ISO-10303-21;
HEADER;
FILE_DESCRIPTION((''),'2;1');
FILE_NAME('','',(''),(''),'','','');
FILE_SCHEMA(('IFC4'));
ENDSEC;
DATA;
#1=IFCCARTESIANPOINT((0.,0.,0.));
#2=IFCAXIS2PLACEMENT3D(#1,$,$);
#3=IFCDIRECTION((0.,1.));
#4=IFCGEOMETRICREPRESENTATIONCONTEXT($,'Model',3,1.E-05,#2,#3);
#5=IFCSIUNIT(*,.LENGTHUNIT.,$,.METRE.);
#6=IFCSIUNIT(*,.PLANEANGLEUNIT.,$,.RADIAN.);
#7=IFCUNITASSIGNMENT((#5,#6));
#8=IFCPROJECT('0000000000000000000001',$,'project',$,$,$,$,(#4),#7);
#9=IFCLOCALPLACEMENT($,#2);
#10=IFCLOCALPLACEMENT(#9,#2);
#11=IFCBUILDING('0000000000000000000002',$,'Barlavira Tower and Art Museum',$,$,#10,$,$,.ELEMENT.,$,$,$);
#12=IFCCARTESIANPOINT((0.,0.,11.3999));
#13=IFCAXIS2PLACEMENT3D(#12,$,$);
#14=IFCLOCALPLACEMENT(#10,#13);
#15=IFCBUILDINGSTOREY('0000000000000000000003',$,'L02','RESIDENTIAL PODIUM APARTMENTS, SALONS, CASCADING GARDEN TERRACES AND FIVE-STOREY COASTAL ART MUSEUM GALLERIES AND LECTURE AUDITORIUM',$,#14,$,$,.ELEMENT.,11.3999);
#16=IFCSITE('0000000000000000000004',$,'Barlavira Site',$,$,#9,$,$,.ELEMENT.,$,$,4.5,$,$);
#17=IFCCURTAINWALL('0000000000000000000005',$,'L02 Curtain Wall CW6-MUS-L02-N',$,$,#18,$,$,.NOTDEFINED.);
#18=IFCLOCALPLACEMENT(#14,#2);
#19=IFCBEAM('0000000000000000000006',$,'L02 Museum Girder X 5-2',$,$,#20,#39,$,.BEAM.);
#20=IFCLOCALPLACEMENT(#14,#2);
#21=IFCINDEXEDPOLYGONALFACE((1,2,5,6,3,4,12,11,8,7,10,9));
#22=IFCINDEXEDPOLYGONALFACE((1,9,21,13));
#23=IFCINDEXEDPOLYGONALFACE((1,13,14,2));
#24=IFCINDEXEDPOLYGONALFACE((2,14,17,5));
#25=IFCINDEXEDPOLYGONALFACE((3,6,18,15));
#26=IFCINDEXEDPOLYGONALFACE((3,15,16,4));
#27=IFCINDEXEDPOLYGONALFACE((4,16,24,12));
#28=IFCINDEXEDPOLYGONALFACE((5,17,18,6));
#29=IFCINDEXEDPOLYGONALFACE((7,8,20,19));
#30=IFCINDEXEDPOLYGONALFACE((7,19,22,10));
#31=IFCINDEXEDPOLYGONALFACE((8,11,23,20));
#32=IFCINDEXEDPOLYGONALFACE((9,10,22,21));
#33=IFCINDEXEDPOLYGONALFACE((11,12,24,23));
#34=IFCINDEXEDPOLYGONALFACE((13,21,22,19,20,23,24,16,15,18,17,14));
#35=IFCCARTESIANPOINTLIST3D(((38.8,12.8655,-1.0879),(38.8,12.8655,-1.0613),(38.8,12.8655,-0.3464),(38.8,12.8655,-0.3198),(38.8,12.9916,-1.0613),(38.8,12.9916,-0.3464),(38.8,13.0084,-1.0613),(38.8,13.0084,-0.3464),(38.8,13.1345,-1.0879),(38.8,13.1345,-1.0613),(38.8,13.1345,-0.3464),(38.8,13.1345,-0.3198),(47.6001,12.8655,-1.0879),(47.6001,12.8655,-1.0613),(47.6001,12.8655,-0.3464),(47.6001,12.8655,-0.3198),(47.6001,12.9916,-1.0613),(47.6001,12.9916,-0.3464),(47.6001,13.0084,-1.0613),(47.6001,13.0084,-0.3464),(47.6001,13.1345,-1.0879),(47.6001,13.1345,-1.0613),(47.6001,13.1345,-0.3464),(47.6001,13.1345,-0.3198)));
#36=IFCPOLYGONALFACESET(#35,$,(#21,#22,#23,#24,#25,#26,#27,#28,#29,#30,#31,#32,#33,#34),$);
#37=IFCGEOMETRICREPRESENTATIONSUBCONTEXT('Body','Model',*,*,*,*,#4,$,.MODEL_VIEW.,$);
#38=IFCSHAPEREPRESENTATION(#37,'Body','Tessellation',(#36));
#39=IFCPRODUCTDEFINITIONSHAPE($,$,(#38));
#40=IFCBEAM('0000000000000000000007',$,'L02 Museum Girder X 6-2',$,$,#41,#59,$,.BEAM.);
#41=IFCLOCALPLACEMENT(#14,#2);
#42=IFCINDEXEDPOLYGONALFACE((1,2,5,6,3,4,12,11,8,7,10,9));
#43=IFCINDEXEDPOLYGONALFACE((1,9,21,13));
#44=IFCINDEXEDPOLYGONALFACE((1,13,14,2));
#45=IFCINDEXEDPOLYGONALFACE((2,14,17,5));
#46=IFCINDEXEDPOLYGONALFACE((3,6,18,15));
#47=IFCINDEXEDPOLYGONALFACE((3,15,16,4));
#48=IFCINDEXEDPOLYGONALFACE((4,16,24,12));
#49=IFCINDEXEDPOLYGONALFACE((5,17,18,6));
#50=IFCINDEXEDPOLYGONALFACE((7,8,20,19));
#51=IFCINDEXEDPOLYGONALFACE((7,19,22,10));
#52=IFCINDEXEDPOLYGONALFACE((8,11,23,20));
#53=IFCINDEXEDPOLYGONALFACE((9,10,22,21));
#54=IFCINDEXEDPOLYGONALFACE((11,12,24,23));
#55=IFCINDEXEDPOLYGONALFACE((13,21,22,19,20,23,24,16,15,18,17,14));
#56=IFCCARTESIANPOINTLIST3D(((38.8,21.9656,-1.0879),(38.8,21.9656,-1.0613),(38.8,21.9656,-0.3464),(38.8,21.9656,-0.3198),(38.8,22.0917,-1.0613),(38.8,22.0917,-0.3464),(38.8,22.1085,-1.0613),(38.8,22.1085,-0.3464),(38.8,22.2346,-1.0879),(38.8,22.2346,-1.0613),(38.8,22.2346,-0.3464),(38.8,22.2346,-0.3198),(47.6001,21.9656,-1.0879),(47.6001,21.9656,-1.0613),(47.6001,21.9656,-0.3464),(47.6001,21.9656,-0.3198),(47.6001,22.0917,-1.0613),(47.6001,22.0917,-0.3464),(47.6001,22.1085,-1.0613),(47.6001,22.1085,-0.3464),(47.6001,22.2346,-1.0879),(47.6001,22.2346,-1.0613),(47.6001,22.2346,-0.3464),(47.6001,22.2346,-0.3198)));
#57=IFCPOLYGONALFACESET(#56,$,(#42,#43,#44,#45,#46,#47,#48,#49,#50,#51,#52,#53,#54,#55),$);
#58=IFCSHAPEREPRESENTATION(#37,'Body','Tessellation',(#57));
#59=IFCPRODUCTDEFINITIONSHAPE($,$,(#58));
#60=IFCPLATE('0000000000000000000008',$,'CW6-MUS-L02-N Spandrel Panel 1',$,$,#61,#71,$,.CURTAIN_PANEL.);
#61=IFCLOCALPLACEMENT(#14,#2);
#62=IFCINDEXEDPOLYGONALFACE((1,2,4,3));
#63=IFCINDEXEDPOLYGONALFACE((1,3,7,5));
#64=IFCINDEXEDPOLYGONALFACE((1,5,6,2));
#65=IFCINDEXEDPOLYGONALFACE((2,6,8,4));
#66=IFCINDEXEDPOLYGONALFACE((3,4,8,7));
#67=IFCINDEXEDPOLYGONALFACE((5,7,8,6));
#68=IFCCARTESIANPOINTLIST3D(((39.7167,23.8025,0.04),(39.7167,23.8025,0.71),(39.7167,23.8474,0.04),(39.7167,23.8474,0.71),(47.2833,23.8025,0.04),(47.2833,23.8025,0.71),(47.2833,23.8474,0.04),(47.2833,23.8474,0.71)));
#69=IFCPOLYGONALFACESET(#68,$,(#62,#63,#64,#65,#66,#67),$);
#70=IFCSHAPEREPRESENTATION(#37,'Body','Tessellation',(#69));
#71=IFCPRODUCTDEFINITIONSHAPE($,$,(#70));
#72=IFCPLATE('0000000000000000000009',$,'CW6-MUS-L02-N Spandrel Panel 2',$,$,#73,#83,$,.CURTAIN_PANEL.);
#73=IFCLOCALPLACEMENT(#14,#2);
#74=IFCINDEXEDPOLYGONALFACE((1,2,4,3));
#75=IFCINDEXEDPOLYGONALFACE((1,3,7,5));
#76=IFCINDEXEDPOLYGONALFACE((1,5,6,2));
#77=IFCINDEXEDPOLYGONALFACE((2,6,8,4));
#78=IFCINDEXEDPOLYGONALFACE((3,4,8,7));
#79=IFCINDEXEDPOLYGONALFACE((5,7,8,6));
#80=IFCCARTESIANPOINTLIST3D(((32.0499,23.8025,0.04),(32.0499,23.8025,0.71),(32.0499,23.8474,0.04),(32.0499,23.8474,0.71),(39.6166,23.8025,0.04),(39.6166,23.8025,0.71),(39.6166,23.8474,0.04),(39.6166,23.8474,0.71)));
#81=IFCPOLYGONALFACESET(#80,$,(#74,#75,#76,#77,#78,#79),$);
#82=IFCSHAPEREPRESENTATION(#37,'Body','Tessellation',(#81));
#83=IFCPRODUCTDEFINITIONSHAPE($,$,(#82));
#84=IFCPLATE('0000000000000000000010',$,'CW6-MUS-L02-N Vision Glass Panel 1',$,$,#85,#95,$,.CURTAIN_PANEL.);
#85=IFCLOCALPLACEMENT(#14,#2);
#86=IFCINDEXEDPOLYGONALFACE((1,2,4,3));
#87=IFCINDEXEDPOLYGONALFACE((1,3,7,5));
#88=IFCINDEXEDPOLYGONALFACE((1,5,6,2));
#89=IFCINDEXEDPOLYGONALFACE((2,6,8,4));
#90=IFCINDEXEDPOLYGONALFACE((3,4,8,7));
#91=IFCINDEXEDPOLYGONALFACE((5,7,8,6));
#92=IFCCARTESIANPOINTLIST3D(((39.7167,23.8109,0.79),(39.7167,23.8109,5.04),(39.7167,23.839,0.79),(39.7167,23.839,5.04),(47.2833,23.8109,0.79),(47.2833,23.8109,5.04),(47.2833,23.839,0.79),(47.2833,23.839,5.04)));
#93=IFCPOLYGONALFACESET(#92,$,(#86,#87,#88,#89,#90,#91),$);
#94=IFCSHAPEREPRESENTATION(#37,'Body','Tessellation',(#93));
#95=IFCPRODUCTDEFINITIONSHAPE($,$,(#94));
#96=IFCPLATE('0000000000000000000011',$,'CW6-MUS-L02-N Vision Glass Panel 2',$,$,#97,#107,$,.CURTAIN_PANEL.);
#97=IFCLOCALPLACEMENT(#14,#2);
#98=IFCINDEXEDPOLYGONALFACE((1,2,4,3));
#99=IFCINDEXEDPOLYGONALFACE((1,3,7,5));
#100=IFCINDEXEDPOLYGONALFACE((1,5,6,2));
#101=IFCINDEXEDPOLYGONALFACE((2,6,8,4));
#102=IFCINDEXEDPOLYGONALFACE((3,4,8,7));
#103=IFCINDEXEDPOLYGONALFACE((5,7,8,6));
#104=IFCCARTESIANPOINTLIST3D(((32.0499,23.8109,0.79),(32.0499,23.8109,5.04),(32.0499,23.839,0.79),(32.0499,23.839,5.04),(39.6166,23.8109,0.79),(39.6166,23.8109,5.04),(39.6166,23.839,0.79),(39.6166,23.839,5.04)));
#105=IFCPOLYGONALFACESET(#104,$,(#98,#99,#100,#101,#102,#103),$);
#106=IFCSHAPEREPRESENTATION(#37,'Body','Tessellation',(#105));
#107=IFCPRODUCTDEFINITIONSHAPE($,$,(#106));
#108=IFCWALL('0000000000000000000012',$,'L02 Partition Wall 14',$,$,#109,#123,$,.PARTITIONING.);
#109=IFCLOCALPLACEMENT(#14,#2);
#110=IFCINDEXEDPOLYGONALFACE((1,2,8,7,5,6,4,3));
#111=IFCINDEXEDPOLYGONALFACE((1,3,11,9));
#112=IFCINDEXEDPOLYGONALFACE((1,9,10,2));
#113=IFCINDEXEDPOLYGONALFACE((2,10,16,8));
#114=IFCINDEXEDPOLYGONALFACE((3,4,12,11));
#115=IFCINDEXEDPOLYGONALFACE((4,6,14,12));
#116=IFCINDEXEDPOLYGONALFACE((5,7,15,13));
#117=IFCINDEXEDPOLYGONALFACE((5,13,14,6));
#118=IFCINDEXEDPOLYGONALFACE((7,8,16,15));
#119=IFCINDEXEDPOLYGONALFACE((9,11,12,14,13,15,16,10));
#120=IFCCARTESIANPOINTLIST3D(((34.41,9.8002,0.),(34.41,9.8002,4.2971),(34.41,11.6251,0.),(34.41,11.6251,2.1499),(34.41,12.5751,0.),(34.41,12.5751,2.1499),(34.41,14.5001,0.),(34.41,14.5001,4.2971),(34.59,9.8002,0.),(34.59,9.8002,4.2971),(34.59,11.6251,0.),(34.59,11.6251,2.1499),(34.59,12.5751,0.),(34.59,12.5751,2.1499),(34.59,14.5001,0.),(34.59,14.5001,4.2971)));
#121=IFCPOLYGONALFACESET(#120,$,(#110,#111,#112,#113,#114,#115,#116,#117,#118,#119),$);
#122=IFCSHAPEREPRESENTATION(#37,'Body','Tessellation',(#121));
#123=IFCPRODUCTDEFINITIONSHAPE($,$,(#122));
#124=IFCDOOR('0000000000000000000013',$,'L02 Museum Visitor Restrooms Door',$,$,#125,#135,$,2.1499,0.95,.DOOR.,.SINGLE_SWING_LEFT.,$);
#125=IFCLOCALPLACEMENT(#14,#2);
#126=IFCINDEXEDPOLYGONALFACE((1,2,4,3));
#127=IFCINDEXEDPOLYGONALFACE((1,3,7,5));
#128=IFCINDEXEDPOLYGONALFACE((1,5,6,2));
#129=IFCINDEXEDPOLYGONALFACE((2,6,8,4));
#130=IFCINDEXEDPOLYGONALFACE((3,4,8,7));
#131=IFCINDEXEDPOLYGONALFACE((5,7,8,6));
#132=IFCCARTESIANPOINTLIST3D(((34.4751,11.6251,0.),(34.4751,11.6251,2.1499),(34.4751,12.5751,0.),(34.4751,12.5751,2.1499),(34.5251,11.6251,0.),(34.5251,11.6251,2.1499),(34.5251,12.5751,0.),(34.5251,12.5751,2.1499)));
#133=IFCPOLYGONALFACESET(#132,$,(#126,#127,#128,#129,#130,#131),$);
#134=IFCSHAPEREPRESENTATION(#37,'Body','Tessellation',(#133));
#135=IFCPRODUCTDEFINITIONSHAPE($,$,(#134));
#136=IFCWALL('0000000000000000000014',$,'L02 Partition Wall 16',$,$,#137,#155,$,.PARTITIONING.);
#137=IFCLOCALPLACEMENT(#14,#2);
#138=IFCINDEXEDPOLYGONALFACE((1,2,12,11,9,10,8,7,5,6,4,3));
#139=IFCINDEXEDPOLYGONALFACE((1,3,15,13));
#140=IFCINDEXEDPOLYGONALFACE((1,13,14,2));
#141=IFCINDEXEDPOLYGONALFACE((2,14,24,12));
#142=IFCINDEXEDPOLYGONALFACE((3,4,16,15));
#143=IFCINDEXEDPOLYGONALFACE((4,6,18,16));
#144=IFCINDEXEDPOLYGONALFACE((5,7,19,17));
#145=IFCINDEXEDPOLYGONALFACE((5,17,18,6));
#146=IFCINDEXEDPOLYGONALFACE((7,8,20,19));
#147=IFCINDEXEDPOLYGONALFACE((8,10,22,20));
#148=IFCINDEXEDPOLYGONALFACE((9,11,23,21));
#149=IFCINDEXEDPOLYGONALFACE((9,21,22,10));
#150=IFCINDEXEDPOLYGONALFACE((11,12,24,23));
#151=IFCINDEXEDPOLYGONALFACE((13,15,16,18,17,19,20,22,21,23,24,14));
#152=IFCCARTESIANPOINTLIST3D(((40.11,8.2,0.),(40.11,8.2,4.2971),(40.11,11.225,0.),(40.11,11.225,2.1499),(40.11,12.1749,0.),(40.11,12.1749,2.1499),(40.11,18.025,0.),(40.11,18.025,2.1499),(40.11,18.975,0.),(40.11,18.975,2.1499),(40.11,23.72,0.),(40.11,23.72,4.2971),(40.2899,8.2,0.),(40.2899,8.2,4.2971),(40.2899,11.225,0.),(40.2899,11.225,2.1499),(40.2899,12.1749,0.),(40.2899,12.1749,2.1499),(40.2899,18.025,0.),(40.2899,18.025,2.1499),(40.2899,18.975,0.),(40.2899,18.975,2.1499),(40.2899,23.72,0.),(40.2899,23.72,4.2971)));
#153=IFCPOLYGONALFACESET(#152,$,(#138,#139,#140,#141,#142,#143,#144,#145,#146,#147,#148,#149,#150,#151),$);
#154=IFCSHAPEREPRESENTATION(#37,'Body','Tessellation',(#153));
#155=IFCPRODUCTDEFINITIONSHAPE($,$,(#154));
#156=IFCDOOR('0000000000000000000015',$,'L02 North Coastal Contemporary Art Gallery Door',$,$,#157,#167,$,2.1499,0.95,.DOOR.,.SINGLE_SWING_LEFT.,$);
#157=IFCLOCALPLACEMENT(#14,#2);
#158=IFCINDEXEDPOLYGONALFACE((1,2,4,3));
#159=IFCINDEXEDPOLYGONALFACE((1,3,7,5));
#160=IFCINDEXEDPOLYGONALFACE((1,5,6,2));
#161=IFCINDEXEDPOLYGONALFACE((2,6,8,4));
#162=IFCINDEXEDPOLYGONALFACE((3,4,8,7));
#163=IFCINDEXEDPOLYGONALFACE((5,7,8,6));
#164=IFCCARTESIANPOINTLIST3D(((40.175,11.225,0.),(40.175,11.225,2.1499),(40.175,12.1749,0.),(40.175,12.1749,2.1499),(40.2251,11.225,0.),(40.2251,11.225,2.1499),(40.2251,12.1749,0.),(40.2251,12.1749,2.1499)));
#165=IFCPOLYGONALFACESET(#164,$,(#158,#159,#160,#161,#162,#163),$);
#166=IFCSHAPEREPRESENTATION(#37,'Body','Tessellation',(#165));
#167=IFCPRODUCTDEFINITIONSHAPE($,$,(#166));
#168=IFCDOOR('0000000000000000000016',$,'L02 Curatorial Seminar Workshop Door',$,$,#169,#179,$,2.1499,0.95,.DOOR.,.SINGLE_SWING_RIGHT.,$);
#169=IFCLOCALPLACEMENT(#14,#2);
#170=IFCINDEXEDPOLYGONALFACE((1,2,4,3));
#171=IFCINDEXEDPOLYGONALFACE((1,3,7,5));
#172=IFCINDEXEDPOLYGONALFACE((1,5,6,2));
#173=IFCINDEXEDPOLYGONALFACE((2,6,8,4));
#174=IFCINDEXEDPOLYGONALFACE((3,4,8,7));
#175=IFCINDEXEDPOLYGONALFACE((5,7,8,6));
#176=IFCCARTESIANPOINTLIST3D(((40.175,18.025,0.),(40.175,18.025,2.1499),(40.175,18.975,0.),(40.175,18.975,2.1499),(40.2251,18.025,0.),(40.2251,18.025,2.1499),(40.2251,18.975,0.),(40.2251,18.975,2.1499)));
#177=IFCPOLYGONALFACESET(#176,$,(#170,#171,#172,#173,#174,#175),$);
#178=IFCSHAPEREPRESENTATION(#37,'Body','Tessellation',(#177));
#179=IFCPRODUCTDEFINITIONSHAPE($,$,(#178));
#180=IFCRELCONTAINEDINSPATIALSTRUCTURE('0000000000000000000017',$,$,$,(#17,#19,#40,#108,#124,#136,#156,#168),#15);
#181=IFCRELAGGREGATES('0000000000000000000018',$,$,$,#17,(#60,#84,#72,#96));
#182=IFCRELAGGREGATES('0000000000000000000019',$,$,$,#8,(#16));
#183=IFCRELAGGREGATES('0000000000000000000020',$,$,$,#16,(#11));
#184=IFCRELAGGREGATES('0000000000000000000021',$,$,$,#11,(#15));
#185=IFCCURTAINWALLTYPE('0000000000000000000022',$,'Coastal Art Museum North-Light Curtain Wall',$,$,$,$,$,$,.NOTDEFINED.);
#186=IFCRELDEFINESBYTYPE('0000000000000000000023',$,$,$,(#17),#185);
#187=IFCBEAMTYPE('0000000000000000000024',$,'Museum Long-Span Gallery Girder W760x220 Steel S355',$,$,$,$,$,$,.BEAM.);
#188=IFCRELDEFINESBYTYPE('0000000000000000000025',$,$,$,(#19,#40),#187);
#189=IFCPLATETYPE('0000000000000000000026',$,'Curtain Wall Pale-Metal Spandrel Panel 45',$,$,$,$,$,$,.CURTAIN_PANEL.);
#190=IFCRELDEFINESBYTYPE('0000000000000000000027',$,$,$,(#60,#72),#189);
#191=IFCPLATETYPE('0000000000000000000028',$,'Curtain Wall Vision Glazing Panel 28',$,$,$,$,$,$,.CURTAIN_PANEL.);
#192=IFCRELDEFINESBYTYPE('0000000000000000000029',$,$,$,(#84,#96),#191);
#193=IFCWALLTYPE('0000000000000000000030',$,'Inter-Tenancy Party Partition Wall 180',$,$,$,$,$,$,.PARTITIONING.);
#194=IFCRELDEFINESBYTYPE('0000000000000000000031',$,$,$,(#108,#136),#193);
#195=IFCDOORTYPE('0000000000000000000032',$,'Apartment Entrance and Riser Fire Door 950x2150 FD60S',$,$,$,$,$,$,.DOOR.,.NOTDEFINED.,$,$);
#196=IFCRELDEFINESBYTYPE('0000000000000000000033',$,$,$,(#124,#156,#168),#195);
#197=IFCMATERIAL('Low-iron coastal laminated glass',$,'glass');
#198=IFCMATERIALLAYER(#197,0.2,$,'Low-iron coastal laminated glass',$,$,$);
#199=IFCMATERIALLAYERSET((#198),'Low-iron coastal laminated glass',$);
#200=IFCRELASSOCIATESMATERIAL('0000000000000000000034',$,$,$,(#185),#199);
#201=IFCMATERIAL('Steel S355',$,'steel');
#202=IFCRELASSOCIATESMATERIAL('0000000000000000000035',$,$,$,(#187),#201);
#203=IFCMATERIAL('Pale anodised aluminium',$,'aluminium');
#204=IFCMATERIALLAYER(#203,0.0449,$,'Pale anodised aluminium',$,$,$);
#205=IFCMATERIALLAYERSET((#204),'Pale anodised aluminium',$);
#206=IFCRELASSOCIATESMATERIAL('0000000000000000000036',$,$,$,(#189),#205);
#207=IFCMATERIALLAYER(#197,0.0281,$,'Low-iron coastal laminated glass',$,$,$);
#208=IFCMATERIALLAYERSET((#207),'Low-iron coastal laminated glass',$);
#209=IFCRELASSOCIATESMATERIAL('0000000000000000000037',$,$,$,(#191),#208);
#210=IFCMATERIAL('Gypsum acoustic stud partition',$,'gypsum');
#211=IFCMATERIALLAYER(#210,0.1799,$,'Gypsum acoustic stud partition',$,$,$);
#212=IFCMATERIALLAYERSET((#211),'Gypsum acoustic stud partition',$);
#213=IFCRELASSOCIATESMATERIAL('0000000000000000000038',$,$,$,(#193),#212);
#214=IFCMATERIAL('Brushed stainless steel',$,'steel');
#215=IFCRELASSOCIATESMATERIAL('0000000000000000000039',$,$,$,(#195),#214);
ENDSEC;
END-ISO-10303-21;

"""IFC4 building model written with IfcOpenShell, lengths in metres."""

from ifc_helpers import new_model, si_unit, direction, frame, frame_2d, origin, origin_2d, place, context, subcontext, project, spatial, rectangle, i_section, extrude, material, layer, layer_set, material_profile, profile_set, type_object, element, fill, aggregate, save


model = new_model("IFC4")

# Units and contexts
model_context = context("Model", 3, precision=1e-05, world=origin(), true_north=direction((0.0, 1.0)))
body_context = subcontext(model_context, "Body", "Model", "MODEL_VIEW")
ifc_project = project(units=[si_unit("LENGTHUNIT", "METRE"), si_unit("PLANEANGLEUNIT", "RADIAN")], contexts=[model_context])

# Site, building, storey
site_placement = place(None, origin())
site = spatial("IfcSite", under=ifc_project, at=site_placement, Name="Barlavira Site", CompositionType="ELEMENT", RefElevation=4.5)
building_placement = place(site_placement, origin())
building = spatial("IfcBuilding", under=site, at=building_placement, Name="Barlavira Tower and Art Museum", CompositionType="ELEMENT")
storey_placement = place(building_placement, frame((0.0, 0.0, 11.3999)))
storey = spatial("IfcBuildingStorey", under=building, at=storey_placement, Name="L02", Description="RESIDENTIAL PODIUM APARTMENTS, SALONS, CASCADING GARDEN TERRACES AND FIVE-STOREY COASTAL ART MUSEUM GALLERIES AND LECTURE AUDITORIUM", CompositionType="ELEMENT", Elevation=11.3999)

# Curtain wall
ifc_material_1 = material(Name="Low-iron coastal laminated glass", Category="glass")
ifc_layer_1 = layer(ifc_material_1, 0.2, Name="Low-iron coastal laminated glass")
ifc_layer_set_1 = layer_set([ifc_layer_1], Name="Low-iron coastal laminated glass")
curtain_wall_type = type_object("IfcCurtainWallType", Name="Coastal Art Museum North-Light Curtain Wall", PredefinedType="NOTDEFINED", material=ifc_layer_set_1)
curtain_wall_placement = place(storey_placement, origin())
curtain_wall = element("IfcCurtainWall", 1, at=curtain_wall_placement, inside=storey, type_object=curtain_wall_type, Name="L02 Curtain Wall CW6-MUS-L02-N", PredefinedType="NOTDEFINED")
ifc_material_2 = material(Name="Pale anodised aluminium", Category="aluminium")

# Beams
ifc_material_3 = material(Name="Steel S355", Category="steel")
ifc_material_profile_1 = material_profile(ifc_material_3, i_section(OverallWidth=0.269, OverallDepth=0.7681, WebThickness=0.0168, FlangeThickness=0.0266, at=origin_2d()), Name="W760x220.0")
ifc_profile_set_1 = profile_set([ifc_material_profile_1], Name="Steel S355")
beam_type = type_object("IfcBeamType", Name="Museum Long-Span Gallery Girder W760x220 Steel S355", PredefinedType="BEAM", material=ifc_profile_set_1)
for number, where, z_axis, x_axis, name in (
    (2, (38.8, 13.0, -0.7039), (1.0, 0.0, 0.0), (0.0, 1.0, 0.0), "L02 Museum Girder X 5-2"),
    (3, (38.8, 22.1001, -0.7039), (1.0, 0.0, 0.0), (0.0, 1.0, 0.0), "L02 Museum Girder X 6-2"),
):
    element("IfcBeam", number, at=place(storey_placement, frame(where, z_axis=z_axis, x_axis=x_axis)), inside=storey, type_object=beam_type, Name=name, PredefinedType="BEAM", context=body_context, shape_type="SweptSolid", body=[
        extrude(i_section(OverallWidth=0.269, OverallDepth=0.7681, WebThickness=0.0168, FlangeThickness=0.0266, at=origin_2d()), origin(), (0.0, 0.0, 1.0), 8.8),
    ])

# Plates
ifc_layer_2 = layer(ifc_material_2, 0.0449, Name="Pale anodised aluminium")
ifc_layer_set_2 = layer_set([ifc_layer_2], Name="Pale anodised aluminium")
plate_type_1 = type_object("IfcPlateType", Name="Curtain Wall Pale-Metal Spandrel Panel 45", PredefinedType="CURTAIN_PANEL", material=ifc_layer_set_2)
plate_1_placement = place(storey_placement, frame((43.5, 23.825, 0.04), z_axis=(0.0, 0.0, 1.0), x_axis=(-1.0, 0.0, 0.0)))
plate_1 = element("IfcPlate", 4, at=plate_1_placement, type_object=plate_type_1, Name="CW6-MUS-L02-N Spandrel Panel 1", PredefinedType="CURTAIN_PANEL", context=body_context, shape_type="SweptSolid", body=[
    extrude(rectangle(XDim=7.5667, YDim=0.0449, at=origin_2d()), origin(), (0.0, 0.0, 1.0), 0.6699),
])
plate_2_placement = place(storey_placement, frame((35.8333, 23.825, 0.04), z_axis=(0.0, 0.0, 1.0), x_axis=(-1.0, 0.0, 0.0)))
plate_2 = element("IfcPlate", 5, at=plate_2_placement, type_object=plate_type_1, Name="CW6-MUS-L02-N Spandrel Panel 2", PredefinedType="CURTAIN_PANEL", context=body_context, shape_type="SweptSolid", body=[
    extrude(rectangle(XDim=7.5667, YDim=0.0449, at=origin_2d()), origin(), (0.0, 0.0, 1.0), 0.6699),
])
ifc_layer_3 = layer(ifc_material_1, 0.0281, Name="Low-iron coastal laminated glass")
ifc_layer_set_3 = layer_set([ifc_layer_3], Name="Low-iron coastal laminated glass")
plate_type_2 = type_object("IfcPlateType", Name="Curtain Wall Vision Glazing Panel 28", PredefinedType="CURTAIN_PANEL", material=ifc_layer_set_3)
plate_3_placement = place(storey_placement, frame((43.5, 23.825, 0.79), z_axis=(0.0, 0.0, 1.0), x_axis=(-1.0, 0.0, 0.0)))
plate_3 = element("IfcPlate", 6, at=plate_3_placement, type_object=plate_type_2, Name="CW6-MUS-L02-N Vision Glass Panel 1", PredefinedType="CURTAIN_PANEL", context=body_context, shape_type="SweptSolid", body=[
    extrude(rectangle(XDim=7.5667, YDim=0.0281, at=origin_2d()), origin(), (0.0, 0.0, 1.0), 4.25),
])
plate_4_placement = place(storey_placement, frame((35.8333, 23.825, 0.79), z_axis=(0.0, 0.0, 1.0), x_axis=(-1.0, 0.0, 0.0)))
plate_4 = element("IfcPlate", 7, at=plate_4_placement, type_object=plate_type_2, Name="CW6-MUS-L02-N Vision Glass Panel 2", PredefinedType="CURTAIN_PANEL", context=body_context, shape_type="SweptSolid", body=[
    extrude(rectangle(XDim=7.5667, YDim=0.0281, at=origin_2d()), origin(), (0.0, 0.0, 1.0), 4.25),
])
aggregate(curtain_wall, [plate_1, plate_3, plate_2, plate_4])

# Wall, opening, door
ifc_material_4 = material(Name="Gypsum acoustic stud partition", Category="gypsum")
ifc_layer_4 = layer(ifc_material_4, 0.1799, Name="Gypsum acoustic stud partition")
ifc_layer_set_4 = layer_set([ifc_layer_4], Name="Gypsum acoustic stud partition")
wall_type_1 = type_object("IfcWallType", Name="Inter-Tenancy Party Partition Wall 180", PredefinedType="PARTITIONING", material=ifc_layer_set_4)
wall_1_placement = place(storey_placement, frame((34.5, 9.8, 0.0), z_axis=(0.0, 0.0, 1.0), x_axis=(0.0, 1.0, 0.0)))
wall_1 = element("IfcWall", 8, at=wall_1_placement, inside=storey, type_object=wall_type_1, Name="L02 Partition Wall 14", PredefinedType="PARTITIONING", context=body_context, shape_type="SweptSolid", body=[
    extrude(rectangle(XDim=4.7, YDim=0.1799, at=frame_2d((2.3501, 0.0))), origin(), (0.0, 0.0, 1.0), 4.2971),
])
opening_1_placement = place(wall_1_placement, frame((1.825, 0.0, 0.0)))
opening_1 = element("IfcOpeningElement", 9, at=opening_1_placement, cuts=wall_1, PredefinedType="OPENING", context=body_context, shape_type="SweptSolid", body=[
    extrude(rectangle(XDim=0.95, YDim=2.1499, at=frame_2d((0.4751, 1.075))), frame((0.0, 0.1001, 0.0), z_axis=(0.0, -1.0, 0.0), x_axis=(1.0, 0.0, 0.0)), (0.0, 0.0, 1.0), 0.2),
])
ifc_material_5 = material(Name="Brushed stainless steel", Category="steel")
door_type_1 = type_object("IfcDoorType", Name="Apartment Entrance and Riser Fire Door 950x2150 FD60S", OperationType="NOTDEFINED", PredefinedType="DOOR", material=ifc_material_5)
door_1_placement = place(opening_1_placement, origin())
door_1 = element("IfcDoor", 10, at=door_1_placement, inside=storey, type_object=door_type_1, Name="L02 Museum Visitor Restrooms Door", OperationType="SINGLE_SWING_LEFT", OverallHeight=2.1499, OverallWidth=0.95, PredefinedType="DOOR", context=body_context, shape_type="SweptSolid", body=[
    extrude(rectangle(XDim=0.95, YDim=2.1499, at=frame_2d((0.4751, 1.075))), frame((0.0, 0.0249, 0.0), z_axis=(0.0, -1.0, 0.0), x_axis=(1.0, 0.0, 0.0)), (0.0, 0.0, 1.0), 0.05),
])
fill(opening_1, door_1)

# Wall, openings, doors
wall_2_placement = place(storey_placement, frame((40.2, 8.2, 0.0), z_axis=(0.0, 0.0, 1.0), x_axis=(0.0, 1.0, 0.0)))
wall_2 = element("IfcWall", 11, at=wall_2_placement, inside=storey, type_object=wall_type_1, Name="L02 Partition Wall 16", PredefinedType="PARTITIONING", context=body_context, shape_type="SweptSolid", body=[
    extrude(rectangle(XDim=15.52, YDim=0.1799, at=frame_2d((7.76, 0.0))), origin(), (0.0, 0.0, 1.0), 4.2971),
])
opening_2_placement = place(wall_2_placement, frame((3.0249, 0.0, 0.0)))
opening_2 = element("IfcOpeningElement", 12, at=opening_2_placement, cuts=wall_2, PredefinedType="OPENING", context=body_context, shape_type="SweptSolid", body=[
    extrude(rectangle(XDim=0.95, YDim=2.1499, at=frame_2d((0.4751, 1.075))), frame((0.0, 0.1001, 0.0), z_axis=(0.0, -1.0, 0.0), x_axis=(1.0, 0.0, 0.0)), (0.0, 0.0, 1.0), 0.2),
])
opening_3_placement = place(wall_2_placement, frame((9.825, 0.0, 0.0)))
opening_3 = element("IfcOpeningElement", 13, at=opening_3_placement, cuts=wall_2, PredefinedType="OPENING", context=body_context, shape_type="SweptSolid", body=[
    extrude(rectangle(XDim=0.95, YDim=2.1499, at=frame_2d((0.4751, 1.075))), frame((0.0, 0.1001, 0.0), z_axis=(0.0, -1.0, 0.0), x_axis=(1.0, 0.0, 0.0)), (0.0, 0.0, 1.0), 0.2),
])
door_2_placement = place(opening_2_placement, origin())
door_2 = element("IfcDoor", 14, at=door_2_placement, inside=storey, type_object=door_type_1, Name="L02 North Coastal Contemporary Art Gallery Door", OperationType="SINGLE_SWING_LEFT", OverallHeight=2.1499, OverallWidth=0.95, PredefinedType="DOOR", context=body_context, shape_type="SweptSolid", body=[
    extrude(rectangle(XDim=0.95, YDim=2.1499, at=frame_2d((0.4751, 1.075))), frame((0.0, 0.0249, 0.0), z_axis=(0.0, -1.0, 0.0), x_axis=(1.0, 0.0, 0.0)), (0.0, 0.0, 1.0), 0.05),
])
fill(opening_2, door_2)
door_3_placement = place(opening_3_placement, origin())
door_3 = element("IfcDoor", 15, at=door_3_placement, inside=storey, type_object=door_type_1, Name="L02 Curatorial Seminar Workshop Door", OperationType="SINGLE_SWING_RIGHT", OverallHeight=2.1499, OverallWidth=0.95, PredefinedType="DOOR", context=body_context, shape_type="SweptSolid", body=[
    extrude(rectangle(XDim=0.95, YDim=2.1499, at=frame_2d((0.4751, 1.075))), frame((0.0, 0.0249, 0.0), z_axis=(0.0, -1.0, 0.0), x_axis=(1.0, 0.0, 0.0)), (0.0, 0.0, 1.0), 0.05),
])
fill(opening_3, door_3)

save(model, "model.ifc")
